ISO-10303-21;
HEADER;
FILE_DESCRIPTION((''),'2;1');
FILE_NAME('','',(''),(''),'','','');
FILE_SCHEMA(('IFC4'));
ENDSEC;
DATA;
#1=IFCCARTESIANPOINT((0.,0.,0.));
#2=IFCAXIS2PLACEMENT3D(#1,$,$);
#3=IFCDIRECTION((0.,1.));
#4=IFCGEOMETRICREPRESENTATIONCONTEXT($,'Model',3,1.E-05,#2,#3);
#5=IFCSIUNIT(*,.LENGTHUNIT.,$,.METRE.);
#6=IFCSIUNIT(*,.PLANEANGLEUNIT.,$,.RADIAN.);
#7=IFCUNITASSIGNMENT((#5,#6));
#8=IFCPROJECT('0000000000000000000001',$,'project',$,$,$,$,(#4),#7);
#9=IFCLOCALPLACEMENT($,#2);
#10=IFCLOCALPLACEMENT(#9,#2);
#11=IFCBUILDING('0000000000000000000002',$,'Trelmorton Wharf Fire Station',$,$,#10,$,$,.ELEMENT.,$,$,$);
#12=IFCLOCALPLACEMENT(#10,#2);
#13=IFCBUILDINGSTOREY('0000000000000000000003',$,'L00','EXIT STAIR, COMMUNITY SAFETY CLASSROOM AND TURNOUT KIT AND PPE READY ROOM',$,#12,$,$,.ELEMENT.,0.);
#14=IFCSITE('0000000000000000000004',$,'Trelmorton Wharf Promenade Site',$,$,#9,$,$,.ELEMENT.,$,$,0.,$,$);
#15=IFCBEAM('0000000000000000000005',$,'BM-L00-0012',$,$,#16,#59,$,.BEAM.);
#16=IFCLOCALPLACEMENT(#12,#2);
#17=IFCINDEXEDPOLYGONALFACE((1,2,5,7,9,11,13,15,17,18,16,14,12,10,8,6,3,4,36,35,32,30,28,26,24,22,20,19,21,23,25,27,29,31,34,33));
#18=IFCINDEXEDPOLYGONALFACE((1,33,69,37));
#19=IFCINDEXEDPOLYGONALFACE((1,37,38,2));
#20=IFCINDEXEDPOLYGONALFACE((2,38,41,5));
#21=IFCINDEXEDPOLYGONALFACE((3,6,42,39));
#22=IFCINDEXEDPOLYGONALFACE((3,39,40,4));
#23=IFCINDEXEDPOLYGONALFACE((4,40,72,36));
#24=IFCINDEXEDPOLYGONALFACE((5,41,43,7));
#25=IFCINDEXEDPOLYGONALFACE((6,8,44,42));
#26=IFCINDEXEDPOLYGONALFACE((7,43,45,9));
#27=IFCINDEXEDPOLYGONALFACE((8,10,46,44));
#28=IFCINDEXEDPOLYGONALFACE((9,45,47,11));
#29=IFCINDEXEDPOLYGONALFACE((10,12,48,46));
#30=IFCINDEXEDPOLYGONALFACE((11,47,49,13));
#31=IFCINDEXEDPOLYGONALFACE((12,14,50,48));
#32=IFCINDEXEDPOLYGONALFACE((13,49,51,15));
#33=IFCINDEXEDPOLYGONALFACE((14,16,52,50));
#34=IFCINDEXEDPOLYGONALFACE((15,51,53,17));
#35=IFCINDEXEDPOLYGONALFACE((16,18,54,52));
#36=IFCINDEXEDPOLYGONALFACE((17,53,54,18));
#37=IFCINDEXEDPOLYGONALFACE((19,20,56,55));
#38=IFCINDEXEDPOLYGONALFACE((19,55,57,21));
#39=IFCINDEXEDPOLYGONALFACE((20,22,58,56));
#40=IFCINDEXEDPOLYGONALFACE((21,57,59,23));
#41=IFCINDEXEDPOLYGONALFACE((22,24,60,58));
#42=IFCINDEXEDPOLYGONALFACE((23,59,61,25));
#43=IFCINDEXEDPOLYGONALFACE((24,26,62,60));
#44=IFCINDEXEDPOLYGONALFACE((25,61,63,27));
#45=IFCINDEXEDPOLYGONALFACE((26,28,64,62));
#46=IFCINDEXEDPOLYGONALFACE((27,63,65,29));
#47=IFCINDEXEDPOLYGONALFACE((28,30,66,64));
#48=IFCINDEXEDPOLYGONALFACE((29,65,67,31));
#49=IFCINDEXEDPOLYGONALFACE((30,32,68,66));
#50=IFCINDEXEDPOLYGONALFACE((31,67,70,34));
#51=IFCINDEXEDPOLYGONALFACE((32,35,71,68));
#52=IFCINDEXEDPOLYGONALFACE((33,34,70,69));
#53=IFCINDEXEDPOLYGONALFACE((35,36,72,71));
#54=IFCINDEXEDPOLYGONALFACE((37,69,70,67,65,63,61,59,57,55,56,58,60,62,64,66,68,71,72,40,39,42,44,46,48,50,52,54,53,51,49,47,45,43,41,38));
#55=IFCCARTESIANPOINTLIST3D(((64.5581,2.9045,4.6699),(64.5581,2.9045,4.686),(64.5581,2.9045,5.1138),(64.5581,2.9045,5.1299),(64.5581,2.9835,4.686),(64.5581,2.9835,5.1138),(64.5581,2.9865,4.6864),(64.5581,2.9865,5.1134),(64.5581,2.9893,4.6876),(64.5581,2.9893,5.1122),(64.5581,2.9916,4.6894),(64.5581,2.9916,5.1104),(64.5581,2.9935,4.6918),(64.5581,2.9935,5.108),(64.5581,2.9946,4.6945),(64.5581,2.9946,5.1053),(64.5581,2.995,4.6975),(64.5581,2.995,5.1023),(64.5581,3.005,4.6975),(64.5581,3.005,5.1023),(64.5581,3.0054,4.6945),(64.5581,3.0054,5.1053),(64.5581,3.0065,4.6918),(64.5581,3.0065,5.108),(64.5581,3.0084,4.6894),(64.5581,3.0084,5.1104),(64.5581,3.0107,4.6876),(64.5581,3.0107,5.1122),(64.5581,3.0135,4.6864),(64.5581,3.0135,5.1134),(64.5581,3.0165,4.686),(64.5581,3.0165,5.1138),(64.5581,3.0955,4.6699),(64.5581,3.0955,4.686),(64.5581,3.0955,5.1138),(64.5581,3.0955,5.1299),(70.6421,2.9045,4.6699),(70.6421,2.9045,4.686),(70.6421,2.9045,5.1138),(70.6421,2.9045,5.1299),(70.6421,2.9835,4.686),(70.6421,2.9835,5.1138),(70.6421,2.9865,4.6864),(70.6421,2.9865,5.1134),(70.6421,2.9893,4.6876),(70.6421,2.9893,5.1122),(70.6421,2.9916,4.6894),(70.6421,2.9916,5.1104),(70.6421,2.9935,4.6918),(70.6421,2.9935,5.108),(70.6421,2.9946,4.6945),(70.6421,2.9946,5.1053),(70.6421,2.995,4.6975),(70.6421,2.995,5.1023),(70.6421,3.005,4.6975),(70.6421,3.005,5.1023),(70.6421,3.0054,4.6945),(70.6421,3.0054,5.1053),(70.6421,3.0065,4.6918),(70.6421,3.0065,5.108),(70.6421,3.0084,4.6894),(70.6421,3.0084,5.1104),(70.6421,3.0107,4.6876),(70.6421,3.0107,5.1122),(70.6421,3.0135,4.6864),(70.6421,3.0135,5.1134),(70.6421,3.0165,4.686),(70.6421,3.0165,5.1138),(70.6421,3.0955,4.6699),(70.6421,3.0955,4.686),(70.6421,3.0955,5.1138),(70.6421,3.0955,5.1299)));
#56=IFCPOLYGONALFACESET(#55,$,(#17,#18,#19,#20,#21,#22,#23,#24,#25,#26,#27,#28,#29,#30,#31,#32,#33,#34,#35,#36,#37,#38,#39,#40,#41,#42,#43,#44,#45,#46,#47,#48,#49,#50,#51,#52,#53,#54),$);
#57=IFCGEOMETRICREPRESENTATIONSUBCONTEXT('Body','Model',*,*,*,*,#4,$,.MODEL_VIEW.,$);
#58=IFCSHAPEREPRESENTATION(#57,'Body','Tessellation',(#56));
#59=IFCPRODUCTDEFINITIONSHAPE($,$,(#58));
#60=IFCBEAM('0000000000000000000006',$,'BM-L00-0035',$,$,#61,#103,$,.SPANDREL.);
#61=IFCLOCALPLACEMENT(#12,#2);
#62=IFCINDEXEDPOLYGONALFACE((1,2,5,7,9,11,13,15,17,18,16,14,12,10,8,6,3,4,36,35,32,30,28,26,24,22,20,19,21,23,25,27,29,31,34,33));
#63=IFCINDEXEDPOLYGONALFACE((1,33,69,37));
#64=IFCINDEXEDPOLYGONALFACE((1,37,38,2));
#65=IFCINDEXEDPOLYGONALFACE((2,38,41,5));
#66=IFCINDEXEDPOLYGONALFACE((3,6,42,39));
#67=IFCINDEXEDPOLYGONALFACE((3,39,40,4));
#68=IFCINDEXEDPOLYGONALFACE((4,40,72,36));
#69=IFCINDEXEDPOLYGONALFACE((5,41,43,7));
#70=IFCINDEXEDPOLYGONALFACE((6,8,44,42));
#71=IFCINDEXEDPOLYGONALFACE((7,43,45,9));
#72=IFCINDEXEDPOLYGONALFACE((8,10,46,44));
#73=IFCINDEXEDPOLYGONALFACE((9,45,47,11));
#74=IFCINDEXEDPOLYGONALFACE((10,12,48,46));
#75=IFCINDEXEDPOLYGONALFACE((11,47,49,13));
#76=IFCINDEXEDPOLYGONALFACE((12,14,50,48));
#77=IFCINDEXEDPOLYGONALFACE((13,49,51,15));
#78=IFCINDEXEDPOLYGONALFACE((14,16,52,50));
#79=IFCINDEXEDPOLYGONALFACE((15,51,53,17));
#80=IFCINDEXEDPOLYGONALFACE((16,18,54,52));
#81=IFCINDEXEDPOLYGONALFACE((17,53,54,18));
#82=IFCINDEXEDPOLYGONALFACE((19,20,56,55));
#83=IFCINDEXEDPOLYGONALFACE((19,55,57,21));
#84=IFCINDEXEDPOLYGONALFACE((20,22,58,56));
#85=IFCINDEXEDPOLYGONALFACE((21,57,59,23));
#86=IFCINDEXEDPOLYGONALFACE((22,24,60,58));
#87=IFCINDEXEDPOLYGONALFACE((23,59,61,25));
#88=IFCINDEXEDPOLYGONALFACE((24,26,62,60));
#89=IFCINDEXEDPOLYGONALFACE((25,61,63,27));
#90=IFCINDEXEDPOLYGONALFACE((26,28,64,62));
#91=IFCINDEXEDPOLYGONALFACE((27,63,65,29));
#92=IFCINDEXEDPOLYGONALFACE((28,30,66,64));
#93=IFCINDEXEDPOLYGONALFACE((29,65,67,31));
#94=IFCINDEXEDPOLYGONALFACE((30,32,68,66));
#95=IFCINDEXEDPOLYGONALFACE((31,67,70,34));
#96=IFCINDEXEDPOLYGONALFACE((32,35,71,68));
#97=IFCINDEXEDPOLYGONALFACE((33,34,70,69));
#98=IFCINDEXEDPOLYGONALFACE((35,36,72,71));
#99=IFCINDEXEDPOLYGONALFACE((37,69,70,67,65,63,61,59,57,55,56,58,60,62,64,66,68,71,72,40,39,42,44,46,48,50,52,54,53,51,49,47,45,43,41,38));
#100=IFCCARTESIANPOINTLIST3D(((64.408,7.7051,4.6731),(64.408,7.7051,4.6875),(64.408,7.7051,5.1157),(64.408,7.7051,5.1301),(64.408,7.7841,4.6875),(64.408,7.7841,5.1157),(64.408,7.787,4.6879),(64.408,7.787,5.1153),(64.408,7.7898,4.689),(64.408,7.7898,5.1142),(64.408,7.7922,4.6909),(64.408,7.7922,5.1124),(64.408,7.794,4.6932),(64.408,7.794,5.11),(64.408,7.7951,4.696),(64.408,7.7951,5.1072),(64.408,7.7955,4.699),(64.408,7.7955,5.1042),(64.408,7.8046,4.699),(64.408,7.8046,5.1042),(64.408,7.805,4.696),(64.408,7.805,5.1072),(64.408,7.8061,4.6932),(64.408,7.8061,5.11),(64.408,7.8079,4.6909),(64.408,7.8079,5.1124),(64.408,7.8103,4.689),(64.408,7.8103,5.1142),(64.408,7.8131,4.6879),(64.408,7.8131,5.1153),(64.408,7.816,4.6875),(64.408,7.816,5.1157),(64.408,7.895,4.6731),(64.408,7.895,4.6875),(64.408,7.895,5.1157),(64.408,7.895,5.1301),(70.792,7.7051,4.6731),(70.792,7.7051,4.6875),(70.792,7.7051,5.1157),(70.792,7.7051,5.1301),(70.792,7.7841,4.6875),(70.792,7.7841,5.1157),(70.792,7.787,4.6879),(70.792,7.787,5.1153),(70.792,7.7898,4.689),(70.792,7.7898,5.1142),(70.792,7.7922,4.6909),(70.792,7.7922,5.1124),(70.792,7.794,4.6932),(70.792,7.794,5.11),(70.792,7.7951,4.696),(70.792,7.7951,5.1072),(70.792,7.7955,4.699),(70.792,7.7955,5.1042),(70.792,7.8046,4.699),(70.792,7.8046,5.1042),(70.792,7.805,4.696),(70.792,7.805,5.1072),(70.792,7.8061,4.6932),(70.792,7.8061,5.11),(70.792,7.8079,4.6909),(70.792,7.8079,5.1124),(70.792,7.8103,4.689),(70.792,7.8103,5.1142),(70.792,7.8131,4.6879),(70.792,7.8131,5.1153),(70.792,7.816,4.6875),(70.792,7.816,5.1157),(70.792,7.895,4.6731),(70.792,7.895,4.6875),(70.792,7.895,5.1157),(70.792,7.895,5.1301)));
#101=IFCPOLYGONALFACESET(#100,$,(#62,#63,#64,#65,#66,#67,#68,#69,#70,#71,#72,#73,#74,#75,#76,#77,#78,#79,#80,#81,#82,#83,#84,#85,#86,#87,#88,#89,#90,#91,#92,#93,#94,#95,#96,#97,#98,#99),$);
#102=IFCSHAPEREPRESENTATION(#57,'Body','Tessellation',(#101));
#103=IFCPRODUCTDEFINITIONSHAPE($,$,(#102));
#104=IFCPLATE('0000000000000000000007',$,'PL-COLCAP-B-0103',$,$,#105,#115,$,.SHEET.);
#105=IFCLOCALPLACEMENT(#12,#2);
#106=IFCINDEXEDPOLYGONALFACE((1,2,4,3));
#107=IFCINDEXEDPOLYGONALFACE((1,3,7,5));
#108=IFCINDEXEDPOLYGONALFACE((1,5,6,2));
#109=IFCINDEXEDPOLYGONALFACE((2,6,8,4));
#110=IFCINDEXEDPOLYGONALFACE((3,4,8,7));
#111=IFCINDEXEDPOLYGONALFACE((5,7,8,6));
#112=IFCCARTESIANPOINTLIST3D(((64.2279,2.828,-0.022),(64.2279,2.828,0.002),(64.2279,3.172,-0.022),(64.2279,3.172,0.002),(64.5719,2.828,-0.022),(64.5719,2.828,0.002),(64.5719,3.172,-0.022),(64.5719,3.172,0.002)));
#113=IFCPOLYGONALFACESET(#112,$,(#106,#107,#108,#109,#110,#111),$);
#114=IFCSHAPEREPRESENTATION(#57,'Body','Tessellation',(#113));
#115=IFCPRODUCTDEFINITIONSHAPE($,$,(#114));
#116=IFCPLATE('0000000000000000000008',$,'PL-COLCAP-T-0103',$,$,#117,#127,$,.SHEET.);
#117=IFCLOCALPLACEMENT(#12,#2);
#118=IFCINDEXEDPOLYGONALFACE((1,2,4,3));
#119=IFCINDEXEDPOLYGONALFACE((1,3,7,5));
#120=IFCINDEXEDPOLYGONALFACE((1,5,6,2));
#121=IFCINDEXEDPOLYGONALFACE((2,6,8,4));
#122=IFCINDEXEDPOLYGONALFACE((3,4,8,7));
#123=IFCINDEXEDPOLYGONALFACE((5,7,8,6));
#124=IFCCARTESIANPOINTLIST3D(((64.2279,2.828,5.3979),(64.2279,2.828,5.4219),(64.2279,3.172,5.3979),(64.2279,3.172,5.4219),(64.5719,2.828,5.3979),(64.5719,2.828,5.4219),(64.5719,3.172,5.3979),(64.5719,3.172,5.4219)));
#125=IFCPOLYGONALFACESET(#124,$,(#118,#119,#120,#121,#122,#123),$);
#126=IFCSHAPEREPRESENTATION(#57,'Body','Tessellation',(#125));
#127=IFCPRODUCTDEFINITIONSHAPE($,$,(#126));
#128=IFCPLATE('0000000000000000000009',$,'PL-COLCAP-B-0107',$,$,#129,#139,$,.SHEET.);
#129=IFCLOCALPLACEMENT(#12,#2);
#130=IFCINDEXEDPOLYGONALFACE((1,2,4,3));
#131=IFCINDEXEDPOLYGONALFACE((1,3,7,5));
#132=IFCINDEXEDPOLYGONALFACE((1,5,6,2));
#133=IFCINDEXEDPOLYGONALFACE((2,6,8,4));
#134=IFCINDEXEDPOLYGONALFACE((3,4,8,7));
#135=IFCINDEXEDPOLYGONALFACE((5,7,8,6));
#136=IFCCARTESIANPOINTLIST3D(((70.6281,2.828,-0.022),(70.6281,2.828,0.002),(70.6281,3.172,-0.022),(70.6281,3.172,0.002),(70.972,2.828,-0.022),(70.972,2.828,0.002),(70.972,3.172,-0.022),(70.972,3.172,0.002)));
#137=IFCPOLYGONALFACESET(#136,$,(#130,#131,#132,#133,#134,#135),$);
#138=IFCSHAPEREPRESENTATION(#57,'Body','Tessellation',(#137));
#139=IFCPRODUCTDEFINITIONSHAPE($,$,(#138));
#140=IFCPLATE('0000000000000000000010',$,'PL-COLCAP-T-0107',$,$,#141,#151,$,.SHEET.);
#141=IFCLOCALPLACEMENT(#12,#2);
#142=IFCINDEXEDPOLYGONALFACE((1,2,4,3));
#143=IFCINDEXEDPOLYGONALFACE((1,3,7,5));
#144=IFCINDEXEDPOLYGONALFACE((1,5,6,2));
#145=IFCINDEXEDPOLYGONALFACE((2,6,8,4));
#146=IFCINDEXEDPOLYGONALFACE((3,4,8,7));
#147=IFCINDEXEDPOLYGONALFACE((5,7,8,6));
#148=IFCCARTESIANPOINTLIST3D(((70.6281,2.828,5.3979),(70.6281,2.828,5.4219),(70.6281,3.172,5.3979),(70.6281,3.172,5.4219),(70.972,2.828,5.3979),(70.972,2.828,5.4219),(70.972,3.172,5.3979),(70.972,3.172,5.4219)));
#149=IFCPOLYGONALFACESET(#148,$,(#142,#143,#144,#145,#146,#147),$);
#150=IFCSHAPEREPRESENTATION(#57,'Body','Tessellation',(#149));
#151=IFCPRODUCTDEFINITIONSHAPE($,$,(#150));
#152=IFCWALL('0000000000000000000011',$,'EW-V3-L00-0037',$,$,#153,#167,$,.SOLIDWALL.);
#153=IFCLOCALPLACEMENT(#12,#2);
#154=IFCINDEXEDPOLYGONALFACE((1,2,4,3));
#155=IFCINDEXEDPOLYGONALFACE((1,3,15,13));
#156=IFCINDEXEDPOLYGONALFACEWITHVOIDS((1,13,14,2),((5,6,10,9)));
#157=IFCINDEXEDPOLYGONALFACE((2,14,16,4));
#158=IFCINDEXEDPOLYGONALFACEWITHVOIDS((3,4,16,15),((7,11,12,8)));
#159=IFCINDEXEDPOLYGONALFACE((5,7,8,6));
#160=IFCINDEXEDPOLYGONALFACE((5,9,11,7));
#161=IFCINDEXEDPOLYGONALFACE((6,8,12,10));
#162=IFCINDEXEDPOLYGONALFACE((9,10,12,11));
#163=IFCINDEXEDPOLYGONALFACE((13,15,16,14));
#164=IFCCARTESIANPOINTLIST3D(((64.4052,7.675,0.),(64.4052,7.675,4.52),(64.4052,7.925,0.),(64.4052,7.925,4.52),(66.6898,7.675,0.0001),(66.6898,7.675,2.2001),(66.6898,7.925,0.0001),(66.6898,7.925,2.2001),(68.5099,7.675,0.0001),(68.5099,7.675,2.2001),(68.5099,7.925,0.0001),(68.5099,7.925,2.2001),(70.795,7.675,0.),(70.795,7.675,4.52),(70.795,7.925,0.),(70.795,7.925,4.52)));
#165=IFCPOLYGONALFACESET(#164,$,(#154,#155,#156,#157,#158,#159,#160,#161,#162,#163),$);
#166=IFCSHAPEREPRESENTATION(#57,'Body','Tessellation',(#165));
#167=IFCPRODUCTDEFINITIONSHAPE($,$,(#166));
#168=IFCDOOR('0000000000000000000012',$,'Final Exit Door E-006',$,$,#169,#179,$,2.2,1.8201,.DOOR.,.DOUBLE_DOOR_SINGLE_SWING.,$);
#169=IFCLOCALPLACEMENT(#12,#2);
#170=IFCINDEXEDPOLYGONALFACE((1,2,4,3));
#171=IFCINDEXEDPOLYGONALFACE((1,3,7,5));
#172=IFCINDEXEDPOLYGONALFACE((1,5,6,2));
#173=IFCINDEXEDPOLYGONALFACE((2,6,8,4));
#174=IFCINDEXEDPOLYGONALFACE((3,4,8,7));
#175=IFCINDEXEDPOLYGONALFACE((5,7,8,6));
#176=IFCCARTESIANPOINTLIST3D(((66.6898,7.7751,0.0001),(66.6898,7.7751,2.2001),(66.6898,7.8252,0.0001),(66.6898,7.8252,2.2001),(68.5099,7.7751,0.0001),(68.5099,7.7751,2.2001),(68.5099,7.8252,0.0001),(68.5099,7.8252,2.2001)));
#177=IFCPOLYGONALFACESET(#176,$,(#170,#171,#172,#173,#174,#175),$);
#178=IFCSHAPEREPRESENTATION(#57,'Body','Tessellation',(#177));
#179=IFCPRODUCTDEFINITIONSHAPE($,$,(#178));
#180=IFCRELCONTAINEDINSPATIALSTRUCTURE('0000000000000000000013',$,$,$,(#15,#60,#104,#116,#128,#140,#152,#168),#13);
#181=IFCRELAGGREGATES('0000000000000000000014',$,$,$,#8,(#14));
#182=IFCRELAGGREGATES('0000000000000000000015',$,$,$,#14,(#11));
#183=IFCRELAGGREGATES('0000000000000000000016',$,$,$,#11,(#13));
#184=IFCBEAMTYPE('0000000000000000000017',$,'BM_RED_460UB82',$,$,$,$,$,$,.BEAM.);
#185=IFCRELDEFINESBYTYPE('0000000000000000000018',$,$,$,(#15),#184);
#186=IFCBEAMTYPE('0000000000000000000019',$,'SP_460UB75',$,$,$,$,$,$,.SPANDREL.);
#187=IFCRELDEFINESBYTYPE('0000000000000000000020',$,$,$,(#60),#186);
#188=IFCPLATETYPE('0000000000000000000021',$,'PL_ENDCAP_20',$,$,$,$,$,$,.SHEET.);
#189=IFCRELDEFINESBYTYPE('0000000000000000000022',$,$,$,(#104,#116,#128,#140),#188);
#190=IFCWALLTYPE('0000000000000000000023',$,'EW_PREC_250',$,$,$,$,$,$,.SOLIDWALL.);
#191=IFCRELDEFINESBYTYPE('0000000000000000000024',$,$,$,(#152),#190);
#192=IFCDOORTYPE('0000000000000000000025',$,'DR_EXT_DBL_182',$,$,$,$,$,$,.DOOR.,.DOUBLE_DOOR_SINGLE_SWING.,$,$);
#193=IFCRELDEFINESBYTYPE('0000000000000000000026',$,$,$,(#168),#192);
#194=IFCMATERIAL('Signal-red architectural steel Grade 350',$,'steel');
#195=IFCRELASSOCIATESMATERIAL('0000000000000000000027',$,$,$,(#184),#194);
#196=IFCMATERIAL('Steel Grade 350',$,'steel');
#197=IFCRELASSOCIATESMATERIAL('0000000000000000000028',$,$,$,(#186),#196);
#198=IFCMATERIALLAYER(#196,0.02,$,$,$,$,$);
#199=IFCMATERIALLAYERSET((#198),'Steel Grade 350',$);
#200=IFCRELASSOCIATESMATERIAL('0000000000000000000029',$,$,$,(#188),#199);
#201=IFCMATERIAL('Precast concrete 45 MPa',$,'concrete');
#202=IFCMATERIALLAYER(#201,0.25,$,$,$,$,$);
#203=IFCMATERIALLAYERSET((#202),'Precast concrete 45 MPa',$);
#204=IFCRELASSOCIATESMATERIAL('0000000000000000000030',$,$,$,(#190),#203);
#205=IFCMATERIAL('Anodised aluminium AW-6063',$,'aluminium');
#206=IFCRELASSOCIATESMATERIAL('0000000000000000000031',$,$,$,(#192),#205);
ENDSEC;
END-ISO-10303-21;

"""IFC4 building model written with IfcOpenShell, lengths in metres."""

from ifc_helpers import new_model, si_unit, direction, frame, frame_2d, origin, origin_2d, place, context, subcontext, project, spatial, rectangle, i_section, extrude, material, layer, layer_set, material_profile, profile_set, type_object, element, fill, save


model = new_model("IFC4")

# Units and contexts
model_context = context("Model", 3, precision=1e-05, world=origin(), true_north=direction((0.0, 1.0)))
body_context = subcontext(model_context, "Body", "Model", "MODEL_VIEW")
ifc_project = project(units=[si_unit("LENGTHUNIT", "METRE"), si_unit("PLANEANGLEUNIT", "RADIAN")], contexts=[model_context])

# Site, building, storey
site_placement = place(None, origin())
site = spatial("IfcSite", under=ifc_project, at=site_placement, Name="Trelmorton Wharf Promenade Site", CompositionType="ELEMENT", RefElevation=0.0)
building_placement = place(site_placement, origin())
building = spatial("IfcBuilding", under=site, at=building_placement, Name="Trelmorton Wharf Fire Station", CompositionType="ELEMENT")
storey_placement = place(building_placement, origin())
storey = spatial("IfcBuildingStorey", under=building, at=storey_placement, Name="L00", Description="EXIT STAIR, COMMUNITY SAFETY CLASSROOM AND TURNOUT KIT AND PPE READY ROOM", CompositionType="ELEMENT", Elevation=0.0)

# Shared definitions
ifc_material_1 = material(Name="Steel Grade 350", Category="steel")

# Beams
ifc_material_2 = material(Name="Signal-red architectural steel Grade 350", Category="steel")
ifc_material_profile_1 = material_profile(ifc_material_2, i_section(OverallWidth=0.1909, OverallDepth=0.46, WebThickness=0.01, FlangeThickness=0.0161, FilletRadius=0.0115, at=origin_2d()), Name="460UB82.1")
ifc_profile_set_1 = profile_set([ifc_material_profile_1], Name="Signal-red architectural steel Grade 350")
beam_type_1 = type_object("IfcBeamType", Name="BM_RED_460UB82", PredefinedType="BEAM", material=ifc_profile_set_1)
beam_1_placement = place(storey_placement, frame((64.5581, 3.0, 4.8999), z_axis=(1.0, 0.0, 0.0), x_axis=(0.0, 1.0, 0.0)))
element("IfcBeam", 1, at=beam_1_placement, inside=storey, type_object=beam_type_1, Name="BM-L00-0012", PredefinedType="BEAM", context=body_context, shape_type="SweptSolid", body=[
    extrude(i_section(OverallWidth=0.1909, OverallDepth=0.46, WebThickness=0.01, FlangeThickness=0.0161, FilletRadius=0.0115, at=origin_2d()), origin(), (0.0, 0.0, 1.0), 6.084),
])
ifc_material_profile_2 = material_profile(ifc_material_1, i_section(OverallWidth=0.1899, OverallDepth=0.457, WebThickness=0.009, FlangeThickness=0.0144, FilletRadius=0.0115, at=origin_2d()), Name="460UB74.6")
ifc_profile_set_2 = profile_set([ifc_material_profile_2], Name="Steel Grade 350")
beam_type_2 = type_object("IfcBeamType", Name="SP_460UB75", PredefinedType="SPANDREL", material=ifc_profile_set_2)
beam_2_placement = place(storey_placement, frame((64.408, 7.8, 4.9016), z_axis=(1.0, 0.0, 0.0), x_axis=(0.0, 1.0, 0.0)))
element("IfcBeam", 2, at=beam_2_placement, inside=storey, type_object=beam_type_2, Name="BM-L00-0035", PredefinedType="SPANDREL", context=body_context, shape_type="SweptSolid", body=[
    extrude(i_section(OverallWidth=0.1899, OverallDepth=0.457, WebThickness=0.009, FlangeThickness=0.0144, FilletRadius=0.0115, at=origin_2d()), origin(), (0.0, 0.0, 1.0), 6.384),
])

# Plates
ifc_layer_1 = layer(ifc_material_1, 0.02)
ifc_layer_set_1 = layer_set([ifc_layer_1], Name="Steel Grade 350")
plate_type = type_object("IfcPlateType", Name="PL_ENDCAP_20", PredefinedType="SHEET", material=ifc_layer_set_1)
for number, where, z_axis, x_axis, name in (
    (3, (64.3999, 3.0, -0.022), (0.0, 0.0, 1.0), (1.0, 0.0, 0.0), "PL-COLCAP-B-0103"),
    (4, (64.3999, 3.0, 5.3979), (0.0, 0.0, 1.0), (1.0, 0.0, 0.0), "PL-COLCAP-T-0103"),
    (5, (70.8, 3.0, -0.022), (0.0, 0.0, 1.0), (1.0, 0.0, 0.0), "PL-COLCAP-B-0107"),
    (6, (70.8, 3.0, 5.3979), (0.0, 0.0, 1.0), (1.0, 0.0, 0.0), "PL-COLCAP-T-0107"),
):
    element("IfcPlate", number, at=place(storey_placement, frame(where, z_axis=z_axis, x_axis=x_axis)), inside=storey, type_object=plate_type, Name=name, PredefinedType="SHEET", context=body_context, shape_type="SweptSolid", body=[
        extrude(rectangle(XDim=0.344, YDim=0.344, at=origin_2d()), origin(), (0.0, 0.0, 1.0), 0.0239),
    ])

# Wall, opening, door
ifc_material_3 = material(Name="Precast concrete 45 MPa", Category="concrete")
ifc_layer_2 = layer(ifc_material_3, 0.25)
ifc_layer_set_2 = layer_set([ifc_layer_2], Name="Precast concrete 45 MPa")
wall_type = type_object("IfcWallType", Name="EW_PREC_250", PredefinedType="SOLIDWALL", material=ifc_layer_set_2)
wall_placement = place(storey_placement, frame((70.7949, 7.8, 0.0), z_axis=(0.0, 0.0, 1.0), x_axis=(-1.0, 0.0, 0.0)))
wall = element("IfcWall", 7, at=wall_placement, inside=storey, type_object=wall_type, Name="EW-V3-L00-0037", PredefinedType="SOLIDWALL", context=body_context, shape_type="SweptSolid", body=[
    extrude(rectangle(XDim=6.3899, YDim=0.25, at=frame_2d((3.1948, 0.0))), origin(), (0.0, 0.0, 1.0), 4.52),
])
opening_placement = place(wall_placement, frame((2.2849, 0.0, 0.0)))
opening = element("IfcOpeningElement", 8, at=opening_placement, cuts=wall, PredefinedType="OPENING", context=body_context, shape_type="SweptSolid", body=[
    extrude(rectangle(XDim=1.8201, YDim=2.2, at=frame_2d((0.9102, 1.1001))), frame((0.0, 0.135, 0.0), z_axis=(0.0, -1.0, 0.0), x_axis=(1.0, 0.0, 0.0)), (0.0, 0.0, 1.0), 0.27),
])
ifc_material_4 = material(Name="Anodised aluminium AW-6063", Category="aluminium")
door_type = type_object("IfcDoorType", Name="DR_EXT_DBL_182", OperationType="DOUBLE_DOOR_SINGLE_SWING", PredefinedType="DOOR", material=ifc_material_4)
door_placement = place(opening_placement, origin())
door = element("IfcDoor", 9, at=door_placement, inside=storey, type_object=door_type, Name="Final Exit Door E-006", OperationType="DOUBLE_DOOR_SINGLE_SWING", OverallHeight=2.2, OverallWidth=1.8201, PredefinedType="DOOR", context=body_context, shape_type="SweptSolid", body=[
    extrude(rectangle(XDim=1.8201, YDim=2.2, at=frame_2d((0.9102, 1.1001))), frame((0.0, 0.0249, 0.0), z_axis=(0.0, -1.0, 0.0), x_axis=(1.0, 0.0, 0.0)), (0.0, 0.0, 1.0), 0.05),
])
fill(opening, door)

save(model, "model.ifc")
